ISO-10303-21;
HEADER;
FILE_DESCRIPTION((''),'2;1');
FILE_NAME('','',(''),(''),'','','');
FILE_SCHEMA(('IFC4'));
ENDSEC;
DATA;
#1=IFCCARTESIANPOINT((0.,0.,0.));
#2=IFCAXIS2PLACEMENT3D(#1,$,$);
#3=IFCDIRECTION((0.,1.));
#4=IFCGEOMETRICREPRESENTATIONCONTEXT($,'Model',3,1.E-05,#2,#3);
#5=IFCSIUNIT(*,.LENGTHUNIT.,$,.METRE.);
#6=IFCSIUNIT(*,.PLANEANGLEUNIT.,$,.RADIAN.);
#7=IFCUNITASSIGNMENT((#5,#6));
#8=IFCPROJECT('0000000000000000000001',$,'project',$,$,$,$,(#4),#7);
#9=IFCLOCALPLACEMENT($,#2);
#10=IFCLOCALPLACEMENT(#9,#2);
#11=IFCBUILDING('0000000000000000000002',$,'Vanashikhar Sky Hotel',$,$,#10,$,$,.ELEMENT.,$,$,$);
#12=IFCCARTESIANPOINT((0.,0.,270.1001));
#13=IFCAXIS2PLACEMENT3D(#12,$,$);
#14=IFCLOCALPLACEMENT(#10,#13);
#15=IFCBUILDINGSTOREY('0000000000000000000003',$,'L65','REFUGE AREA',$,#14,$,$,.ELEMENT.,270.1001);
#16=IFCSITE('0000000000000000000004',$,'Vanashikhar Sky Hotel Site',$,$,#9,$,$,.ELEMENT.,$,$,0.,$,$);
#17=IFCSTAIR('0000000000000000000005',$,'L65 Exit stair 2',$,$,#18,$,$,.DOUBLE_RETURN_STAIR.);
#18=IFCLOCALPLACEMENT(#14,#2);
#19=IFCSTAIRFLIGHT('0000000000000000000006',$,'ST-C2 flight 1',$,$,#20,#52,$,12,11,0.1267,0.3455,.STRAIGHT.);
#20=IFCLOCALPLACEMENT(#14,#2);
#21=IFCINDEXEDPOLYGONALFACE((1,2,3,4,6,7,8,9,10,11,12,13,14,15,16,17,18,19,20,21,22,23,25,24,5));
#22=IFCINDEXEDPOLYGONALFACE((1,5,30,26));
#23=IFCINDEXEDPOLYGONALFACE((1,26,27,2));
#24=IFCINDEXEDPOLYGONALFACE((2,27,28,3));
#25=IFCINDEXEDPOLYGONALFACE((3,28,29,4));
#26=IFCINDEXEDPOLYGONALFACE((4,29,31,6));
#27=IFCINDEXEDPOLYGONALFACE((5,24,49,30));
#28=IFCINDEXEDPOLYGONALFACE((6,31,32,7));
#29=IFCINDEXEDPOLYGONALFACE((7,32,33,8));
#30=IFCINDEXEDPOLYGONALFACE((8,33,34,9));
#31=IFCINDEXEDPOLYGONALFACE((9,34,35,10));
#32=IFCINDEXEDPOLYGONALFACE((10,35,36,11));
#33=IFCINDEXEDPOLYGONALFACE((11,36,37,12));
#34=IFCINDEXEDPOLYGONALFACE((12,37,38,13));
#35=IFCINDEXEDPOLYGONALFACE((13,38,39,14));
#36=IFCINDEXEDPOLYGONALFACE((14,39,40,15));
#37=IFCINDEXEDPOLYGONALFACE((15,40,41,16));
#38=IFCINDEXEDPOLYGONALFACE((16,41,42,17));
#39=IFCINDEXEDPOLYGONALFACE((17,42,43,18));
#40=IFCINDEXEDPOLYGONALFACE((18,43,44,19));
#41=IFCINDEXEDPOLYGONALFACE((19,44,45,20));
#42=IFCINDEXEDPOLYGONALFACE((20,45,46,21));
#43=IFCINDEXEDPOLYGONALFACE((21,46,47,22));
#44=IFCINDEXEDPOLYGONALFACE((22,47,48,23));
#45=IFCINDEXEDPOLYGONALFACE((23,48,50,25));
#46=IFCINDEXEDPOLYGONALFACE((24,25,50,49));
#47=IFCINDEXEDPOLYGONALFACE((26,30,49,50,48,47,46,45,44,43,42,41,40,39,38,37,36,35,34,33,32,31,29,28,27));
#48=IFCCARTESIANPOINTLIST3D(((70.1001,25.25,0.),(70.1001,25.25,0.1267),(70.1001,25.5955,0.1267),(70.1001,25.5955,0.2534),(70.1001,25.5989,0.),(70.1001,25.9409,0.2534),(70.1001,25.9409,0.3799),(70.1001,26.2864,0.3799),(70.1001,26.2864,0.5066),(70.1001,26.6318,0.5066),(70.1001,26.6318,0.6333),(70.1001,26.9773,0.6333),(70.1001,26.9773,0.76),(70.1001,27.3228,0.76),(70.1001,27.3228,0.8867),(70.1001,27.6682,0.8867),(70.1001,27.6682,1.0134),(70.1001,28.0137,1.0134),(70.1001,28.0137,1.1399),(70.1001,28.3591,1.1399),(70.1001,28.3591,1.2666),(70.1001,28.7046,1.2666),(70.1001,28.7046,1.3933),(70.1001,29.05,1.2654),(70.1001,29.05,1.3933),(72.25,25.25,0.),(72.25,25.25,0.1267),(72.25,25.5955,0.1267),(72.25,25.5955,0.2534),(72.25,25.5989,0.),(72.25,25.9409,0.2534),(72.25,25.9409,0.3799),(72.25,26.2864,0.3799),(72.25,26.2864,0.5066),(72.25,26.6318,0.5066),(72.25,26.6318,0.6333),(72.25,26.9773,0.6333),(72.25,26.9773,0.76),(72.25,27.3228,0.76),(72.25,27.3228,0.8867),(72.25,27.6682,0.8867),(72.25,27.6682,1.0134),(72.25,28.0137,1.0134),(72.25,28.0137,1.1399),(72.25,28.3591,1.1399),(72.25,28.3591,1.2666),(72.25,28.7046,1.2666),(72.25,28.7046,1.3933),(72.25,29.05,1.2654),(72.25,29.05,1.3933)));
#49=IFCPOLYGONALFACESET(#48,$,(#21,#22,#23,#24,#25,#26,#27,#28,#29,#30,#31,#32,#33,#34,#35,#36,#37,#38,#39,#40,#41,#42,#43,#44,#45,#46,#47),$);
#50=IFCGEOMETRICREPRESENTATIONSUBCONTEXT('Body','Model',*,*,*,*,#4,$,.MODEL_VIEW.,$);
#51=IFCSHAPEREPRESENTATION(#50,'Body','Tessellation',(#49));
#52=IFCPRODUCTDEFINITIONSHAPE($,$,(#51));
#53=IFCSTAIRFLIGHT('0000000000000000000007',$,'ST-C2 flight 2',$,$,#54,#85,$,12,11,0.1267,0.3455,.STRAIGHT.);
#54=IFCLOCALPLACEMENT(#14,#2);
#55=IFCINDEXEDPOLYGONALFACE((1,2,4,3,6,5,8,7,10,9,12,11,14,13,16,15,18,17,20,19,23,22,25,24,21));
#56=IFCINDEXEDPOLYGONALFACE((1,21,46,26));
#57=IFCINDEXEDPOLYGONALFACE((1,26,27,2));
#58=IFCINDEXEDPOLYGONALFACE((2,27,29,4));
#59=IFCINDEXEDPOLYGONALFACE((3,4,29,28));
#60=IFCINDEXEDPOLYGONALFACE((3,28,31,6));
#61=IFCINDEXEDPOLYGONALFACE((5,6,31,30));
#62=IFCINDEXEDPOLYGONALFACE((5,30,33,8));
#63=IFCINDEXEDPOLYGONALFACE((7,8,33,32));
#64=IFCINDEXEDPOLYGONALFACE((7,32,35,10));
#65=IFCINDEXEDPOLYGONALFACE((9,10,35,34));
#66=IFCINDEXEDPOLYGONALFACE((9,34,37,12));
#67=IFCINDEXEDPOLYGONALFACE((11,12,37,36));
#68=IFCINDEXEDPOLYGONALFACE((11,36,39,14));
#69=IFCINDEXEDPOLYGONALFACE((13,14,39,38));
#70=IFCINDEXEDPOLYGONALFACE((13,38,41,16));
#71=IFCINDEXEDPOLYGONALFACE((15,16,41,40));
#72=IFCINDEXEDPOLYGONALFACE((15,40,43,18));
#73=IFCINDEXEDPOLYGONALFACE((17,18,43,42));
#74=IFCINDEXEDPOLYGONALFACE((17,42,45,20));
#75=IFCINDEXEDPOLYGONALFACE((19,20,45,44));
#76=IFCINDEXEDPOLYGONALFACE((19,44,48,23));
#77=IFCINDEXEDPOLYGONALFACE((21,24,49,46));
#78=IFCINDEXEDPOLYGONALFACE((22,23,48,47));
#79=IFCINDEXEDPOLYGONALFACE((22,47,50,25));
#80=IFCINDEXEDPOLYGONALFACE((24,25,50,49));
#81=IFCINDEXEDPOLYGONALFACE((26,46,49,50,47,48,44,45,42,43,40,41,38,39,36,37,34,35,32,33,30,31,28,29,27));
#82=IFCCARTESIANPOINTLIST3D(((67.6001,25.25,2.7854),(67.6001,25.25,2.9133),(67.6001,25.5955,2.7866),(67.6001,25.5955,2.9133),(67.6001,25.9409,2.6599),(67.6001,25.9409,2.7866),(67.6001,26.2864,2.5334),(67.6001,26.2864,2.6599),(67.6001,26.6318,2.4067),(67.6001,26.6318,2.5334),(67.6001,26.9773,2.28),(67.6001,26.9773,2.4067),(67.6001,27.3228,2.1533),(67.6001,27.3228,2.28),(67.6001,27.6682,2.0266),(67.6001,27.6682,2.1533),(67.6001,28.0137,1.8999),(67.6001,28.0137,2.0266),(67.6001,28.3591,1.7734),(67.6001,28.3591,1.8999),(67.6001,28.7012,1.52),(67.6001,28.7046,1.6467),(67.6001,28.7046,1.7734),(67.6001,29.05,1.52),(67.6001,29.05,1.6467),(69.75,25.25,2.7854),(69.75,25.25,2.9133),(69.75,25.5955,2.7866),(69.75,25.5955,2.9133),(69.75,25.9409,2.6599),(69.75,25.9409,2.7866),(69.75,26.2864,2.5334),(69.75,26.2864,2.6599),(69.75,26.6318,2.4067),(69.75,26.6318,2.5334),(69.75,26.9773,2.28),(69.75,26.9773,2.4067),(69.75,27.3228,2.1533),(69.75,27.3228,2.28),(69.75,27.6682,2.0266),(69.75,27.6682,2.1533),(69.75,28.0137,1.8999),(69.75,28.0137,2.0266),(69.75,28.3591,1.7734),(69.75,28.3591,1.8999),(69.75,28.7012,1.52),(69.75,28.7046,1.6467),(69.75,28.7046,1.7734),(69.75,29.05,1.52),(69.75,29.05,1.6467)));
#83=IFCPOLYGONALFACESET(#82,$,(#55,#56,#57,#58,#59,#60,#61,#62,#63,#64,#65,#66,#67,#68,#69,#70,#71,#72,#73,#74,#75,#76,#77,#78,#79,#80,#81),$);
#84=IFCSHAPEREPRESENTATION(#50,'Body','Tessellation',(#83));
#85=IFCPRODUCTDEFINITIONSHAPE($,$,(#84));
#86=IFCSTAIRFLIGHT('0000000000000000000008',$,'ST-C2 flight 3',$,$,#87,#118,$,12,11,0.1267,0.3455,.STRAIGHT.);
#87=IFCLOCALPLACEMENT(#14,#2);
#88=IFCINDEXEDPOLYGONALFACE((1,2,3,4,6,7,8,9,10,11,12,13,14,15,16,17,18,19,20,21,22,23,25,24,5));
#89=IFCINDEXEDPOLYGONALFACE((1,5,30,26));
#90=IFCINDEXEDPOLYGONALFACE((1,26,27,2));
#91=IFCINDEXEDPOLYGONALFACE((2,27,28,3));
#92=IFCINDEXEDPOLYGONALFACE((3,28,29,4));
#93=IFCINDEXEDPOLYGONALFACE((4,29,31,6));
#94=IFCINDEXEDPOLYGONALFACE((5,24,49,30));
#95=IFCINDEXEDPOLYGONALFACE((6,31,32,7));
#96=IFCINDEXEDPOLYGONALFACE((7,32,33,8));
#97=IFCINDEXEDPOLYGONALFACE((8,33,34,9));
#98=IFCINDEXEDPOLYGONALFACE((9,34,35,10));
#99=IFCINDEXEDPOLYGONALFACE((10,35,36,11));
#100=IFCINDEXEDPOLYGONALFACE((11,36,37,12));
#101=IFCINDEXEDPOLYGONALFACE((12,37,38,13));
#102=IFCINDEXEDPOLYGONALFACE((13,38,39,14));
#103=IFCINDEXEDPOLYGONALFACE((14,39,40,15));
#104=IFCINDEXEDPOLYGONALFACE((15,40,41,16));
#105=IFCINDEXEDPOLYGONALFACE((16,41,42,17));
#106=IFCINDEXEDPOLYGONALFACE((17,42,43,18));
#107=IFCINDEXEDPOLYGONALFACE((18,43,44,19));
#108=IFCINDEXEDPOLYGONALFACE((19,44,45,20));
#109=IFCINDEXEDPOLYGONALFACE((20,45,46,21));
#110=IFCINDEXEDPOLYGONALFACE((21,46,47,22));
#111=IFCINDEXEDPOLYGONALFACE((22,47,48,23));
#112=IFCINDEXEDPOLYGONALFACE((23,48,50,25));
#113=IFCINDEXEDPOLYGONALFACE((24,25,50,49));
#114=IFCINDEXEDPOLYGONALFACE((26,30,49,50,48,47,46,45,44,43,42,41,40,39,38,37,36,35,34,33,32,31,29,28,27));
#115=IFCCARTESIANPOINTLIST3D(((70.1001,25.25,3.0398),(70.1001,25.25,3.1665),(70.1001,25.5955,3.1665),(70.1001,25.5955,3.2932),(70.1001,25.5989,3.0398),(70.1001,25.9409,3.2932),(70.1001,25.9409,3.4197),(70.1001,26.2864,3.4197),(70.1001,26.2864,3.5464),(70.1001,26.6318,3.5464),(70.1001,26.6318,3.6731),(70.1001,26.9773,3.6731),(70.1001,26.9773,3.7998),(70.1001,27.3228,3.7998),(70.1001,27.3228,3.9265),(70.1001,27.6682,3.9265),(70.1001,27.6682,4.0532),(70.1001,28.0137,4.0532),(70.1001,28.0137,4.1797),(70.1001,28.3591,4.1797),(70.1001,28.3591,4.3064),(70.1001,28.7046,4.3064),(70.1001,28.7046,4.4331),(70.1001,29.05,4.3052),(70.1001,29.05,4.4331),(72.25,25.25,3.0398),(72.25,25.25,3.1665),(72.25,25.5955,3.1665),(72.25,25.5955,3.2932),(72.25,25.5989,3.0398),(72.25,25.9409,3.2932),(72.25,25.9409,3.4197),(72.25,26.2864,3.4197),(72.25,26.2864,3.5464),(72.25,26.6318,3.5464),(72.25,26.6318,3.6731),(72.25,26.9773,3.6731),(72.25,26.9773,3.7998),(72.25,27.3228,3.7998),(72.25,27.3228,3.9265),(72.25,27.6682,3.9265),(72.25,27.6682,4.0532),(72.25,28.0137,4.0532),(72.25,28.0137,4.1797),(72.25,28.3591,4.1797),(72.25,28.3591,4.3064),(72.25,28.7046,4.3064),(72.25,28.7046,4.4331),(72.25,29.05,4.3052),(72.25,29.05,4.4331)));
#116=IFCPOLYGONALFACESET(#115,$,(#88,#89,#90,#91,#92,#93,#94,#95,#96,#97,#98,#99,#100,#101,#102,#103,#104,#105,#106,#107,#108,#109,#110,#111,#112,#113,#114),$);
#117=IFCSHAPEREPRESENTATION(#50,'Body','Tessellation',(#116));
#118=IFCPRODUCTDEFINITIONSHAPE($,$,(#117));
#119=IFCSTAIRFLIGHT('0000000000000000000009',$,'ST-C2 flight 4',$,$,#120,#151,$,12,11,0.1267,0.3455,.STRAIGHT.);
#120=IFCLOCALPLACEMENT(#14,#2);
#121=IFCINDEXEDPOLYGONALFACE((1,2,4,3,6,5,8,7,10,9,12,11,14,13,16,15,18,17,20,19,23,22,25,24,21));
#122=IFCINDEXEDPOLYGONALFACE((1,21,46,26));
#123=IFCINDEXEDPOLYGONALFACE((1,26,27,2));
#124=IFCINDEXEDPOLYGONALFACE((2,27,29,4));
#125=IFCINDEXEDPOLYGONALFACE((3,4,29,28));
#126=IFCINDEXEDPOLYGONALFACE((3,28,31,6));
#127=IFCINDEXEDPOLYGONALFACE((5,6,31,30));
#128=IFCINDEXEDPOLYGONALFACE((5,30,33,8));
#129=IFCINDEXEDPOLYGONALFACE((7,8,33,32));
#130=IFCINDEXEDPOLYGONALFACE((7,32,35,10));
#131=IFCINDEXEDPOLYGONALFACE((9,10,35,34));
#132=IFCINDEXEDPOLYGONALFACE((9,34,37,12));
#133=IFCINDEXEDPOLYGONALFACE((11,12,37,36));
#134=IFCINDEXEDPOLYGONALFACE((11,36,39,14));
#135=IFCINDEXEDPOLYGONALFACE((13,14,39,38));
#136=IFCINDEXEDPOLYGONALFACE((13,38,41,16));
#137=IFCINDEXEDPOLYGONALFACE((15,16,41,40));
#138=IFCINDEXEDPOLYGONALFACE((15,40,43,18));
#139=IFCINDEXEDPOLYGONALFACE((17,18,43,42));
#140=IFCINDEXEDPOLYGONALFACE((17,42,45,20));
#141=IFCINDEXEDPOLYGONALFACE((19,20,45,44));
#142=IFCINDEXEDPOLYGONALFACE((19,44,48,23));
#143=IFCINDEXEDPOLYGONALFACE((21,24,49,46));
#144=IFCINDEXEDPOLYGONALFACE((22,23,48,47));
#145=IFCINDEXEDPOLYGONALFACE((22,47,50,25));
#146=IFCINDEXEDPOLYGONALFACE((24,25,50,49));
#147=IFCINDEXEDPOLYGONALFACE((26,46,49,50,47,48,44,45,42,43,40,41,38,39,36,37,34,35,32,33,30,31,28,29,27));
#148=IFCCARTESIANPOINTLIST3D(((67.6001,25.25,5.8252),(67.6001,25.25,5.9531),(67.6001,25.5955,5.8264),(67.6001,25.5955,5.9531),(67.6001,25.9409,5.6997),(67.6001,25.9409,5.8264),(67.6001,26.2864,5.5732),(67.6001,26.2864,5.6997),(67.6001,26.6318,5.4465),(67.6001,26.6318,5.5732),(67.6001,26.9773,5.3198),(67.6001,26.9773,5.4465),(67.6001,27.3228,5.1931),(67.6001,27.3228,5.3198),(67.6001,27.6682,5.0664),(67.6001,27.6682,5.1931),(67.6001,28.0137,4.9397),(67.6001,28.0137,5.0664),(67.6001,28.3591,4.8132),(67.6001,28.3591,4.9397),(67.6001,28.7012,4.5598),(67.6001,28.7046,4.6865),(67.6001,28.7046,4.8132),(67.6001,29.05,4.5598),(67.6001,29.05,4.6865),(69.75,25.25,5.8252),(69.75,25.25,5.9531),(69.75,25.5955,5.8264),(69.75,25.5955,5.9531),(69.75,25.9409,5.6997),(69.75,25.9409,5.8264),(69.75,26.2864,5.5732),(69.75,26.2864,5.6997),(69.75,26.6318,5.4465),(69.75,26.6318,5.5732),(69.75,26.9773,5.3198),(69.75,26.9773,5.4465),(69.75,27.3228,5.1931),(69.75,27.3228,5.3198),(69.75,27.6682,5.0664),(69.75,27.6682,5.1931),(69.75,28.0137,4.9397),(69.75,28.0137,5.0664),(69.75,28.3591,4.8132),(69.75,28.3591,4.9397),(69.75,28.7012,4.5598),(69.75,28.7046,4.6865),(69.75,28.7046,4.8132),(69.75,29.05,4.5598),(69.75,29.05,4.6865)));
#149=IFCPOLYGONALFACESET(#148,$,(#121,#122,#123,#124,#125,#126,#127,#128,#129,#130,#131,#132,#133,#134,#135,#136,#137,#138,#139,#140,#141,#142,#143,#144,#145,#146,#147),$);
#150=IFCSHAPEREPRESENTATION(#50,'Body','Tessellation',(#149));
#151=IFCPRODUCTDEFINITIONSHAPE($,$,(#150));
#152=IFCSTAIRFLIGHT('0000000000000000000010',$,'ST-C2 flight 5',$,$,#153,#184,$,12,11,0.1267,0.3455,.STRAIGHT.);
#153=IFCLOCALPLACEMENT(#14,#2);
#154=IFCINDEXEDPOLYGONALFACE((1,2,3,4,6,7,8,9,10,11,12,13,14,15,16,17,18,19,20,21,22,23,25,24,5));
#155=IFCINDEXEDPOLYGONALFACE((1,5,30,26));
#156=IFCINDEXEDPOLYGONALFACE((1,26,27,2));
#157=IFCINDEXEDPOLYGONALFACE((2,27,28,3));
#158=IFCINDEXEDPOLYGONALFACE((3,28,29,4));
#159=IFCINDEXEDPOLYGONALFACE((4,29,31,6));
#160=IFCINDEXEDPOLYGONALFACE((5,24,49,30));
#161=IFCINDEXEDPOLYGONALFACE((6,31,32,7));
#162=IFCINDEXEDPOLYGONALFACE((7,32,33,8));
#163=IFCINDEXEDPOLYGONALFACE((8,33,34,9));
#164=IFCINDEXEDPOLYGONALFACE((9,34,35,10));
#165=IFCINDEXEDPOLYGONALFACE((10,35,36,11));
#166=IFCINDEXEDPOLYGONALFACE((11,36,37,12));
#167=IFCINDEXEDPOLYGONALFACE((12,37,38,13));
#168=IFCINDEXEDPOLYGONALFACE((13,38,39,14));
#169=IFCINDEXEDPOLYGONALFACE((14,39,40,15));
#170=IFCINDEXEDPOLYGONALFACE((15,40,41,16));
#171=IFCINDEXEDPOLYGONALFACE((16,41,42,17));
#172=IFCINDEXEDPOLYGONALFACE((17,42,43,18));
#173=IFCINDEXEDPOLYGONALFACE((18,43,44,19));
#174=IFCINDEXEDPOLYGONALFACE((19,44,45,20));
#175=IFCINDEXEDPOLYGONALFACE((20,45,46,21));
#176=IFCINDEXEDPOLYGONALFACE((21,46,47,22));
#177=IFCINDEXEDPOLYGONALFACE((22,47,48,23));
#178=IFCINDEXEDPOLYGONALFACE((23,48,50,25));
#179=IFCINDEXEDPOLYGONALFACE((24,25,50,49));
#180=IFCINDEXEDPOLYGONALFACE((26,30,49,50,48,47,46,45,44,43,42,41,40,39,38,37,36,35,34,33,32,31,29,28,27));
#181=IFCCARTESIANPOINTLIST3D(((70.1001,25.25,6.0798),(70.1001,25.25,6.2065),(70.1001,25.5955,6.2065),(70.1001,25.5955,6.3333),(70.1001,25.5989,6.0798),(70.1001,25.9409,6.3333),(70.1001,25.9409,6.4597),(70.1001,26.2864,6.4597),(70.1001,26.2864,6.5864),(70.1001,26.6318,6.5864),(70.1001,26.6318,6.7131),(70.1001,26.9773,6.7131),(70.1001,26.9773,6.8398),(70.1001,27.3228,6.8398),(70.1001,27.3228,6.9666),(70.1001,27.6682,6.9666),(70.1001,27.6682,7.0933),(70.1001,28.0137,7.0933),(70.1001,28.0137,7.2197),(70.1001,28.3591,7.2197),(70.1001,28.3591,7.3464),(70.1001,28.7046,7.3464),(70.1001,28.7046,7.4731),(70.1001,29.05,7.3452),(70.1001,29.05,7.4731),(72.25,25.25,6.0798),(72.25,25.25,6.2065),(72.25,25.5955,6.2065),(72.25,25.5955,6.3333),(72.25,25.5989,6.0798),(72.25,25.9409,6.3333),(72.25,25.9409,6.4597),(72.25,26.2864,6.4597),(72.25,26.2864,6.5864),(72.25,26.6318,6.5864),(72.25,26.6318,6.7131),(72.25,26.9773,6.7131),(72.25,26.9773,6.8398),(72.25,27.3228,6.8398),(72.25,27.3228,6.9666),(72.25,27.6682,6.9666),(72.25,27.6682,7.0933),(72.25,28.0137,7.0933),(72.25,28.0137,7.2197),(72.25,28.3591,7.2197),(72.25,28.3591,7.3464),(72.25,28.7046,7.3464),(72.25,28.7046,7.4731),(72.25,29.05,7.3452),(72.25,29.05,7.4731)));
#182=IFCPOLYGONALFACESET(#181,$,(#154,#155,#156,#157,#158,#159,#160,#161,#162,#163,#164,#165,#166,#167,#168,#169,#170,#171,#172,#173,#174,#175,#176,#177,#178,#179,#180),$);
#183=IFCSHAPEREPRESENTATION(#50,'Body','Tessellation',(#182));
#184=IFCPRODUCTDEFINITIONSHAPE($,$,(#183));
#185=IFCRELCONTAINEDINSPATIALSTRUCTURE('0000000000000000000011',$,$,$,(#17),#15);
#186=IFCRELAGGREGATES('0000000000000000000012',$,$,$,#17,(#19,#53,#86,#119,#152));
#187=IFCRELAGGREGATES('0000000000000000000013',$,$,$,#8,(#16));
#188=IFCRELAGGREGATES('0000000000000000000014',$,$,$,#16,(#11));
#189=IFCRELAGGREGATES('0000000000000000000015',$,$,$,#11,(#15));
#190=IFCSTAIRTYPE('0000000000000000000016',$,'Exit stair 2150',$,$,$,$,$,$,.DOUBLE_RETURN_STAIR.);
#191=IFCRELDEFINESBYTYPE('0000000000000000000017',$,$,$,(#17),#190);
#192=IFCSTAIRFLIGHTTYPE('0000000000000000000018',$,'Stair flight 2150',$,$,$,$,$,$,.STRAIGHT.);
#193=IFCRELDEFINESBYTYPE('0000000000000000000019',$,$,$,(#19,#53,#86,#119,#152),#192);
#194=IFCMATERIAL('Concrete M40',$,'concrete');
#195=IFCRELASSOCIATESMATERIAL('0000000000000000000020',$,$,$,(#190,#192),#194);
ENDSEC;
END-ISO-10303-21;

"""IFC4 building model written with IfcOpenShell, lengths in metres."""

from ifc_helpers import new_model, si_unit, direction, frame, origin, place, context, subcontext, project, spatial, polyline, outline, extrude, source, transform, mapped, material, type_object, element, aggregate, save


model = new_model("IFC4")

# Units and contexts
model_context = context("Model", 3, precision=1e-05, world=origin(), true_north=direction((0.0, 1.0)))
body_context = subcontext(model_context, "Body", "Model", "MODEL_VIEW")
ifc_project = project(units=[si_unit("LENGTHUNIT", "METRE"), si_unit("PLANEANGLEUNIT", "RADIAN")], contexts=[model_context])

# Site, building, storey
site_placement = place(None, origin())
site = spatial("IfcSite", under=ifc_project, at=site_placement, Name="Vanashikhar Sky Hotel Site", CompositionType="ELEMENT", RefElevation=0.0)
building_placement = place(site_placement, origin())
building = spatial("IfcBuilding", under=site, at=building_placement, Name="Vanashikhar Sky Hotel", CompositionType="ELEMENT")
storey_placement = place(building_placement, frame((0.0, 0.0, 270.1001)))
storey = spatial("IfcBuildingStorey", under=building, at=storey_placement, Name="L65", Description="REFUGE AREA", CompositionType="ELEMENT", Elevation=270.1001)

# Stair, stair flights
ifc_material_1 = material(Name="Concrete M40", Category="concrete")
stair_type = type_object("IfcStairType", Name="Exit stair 2150", PredefinedType="DOUBLE_RETURN_STAIR", material=ifc_material_1)
stair_1_placement = place(storey_placement, origin())
stair_1 = element("IfcStair", 1, at=stair_1_placement, inside=storey, type_object=stair_type, Name="L65 Exit stair 2", PredefinedType="DOUBLE_RETURN_STAIR")
stair_flight_type = type_object("IfcStairFlightType", Name="Stair flight 2150", PredefinedType="STRAIGHT", material=ifc_material_1)
shared_shape_1 = source(origin(), body_context, "Body", "SweptSolid", [
    extrude(outline(polyline([(0.0, 0.0), (0.0, 0.1267), (0.3455, 0.1267), (0.3455, 0.2534), (0.6909, 0.2534), (0.6909, 0.3799), (1.0364, 0.3799), (1.0364, 0.5066), (1.3818, 0.5066), (1.3818, 0.6333), (1.7273, 0.6333), (1.7273, 0.76), (2.0728, 0.76), (2.0728, 0.8867), (2.4182, 0.8867), (2.4182, 1.0134), (2.7637, 1.0134), (2.7637, 1.1399), (3.1091, 1.1399), (3.1091, 1.2666), (3.4546, 1.2666), (3.4546, 1.3933), (3.8, 1.3933), (3.8, 1.52), (3.8, 1.2654), (0.3489, 0.0), (0.0, 0.0)])), frame((0.0, 1.075, 0.0), z_axis=(0.0, -1.0, 0.0), x_axis=(1.0, 0.0, 0.0)), (0.0, 0.0, 1.0), 2.1499),
])
stair_flight_1_placement = place(storey_placement, frame((71.175, 25.25, 0.0), z_axis=(0.0, 0.0, 1.0), x_axis=(0.0, 1.0, 0.0)))
stair_flight_1 = element("IfcStairFlight", 2, at=stair_flight_1_placement, type_object=stair_flight_type, Name="ST-C2 flight 1", NumberOfRisers=12, NumberOfTreads=11, PredefinedType="STRAIGHT", RiserHeight=0.1267, TreadLength=0.3455, context=body_context, shape_type="MappedRepresentation", body=[
    mapped(shared_shape_1, transform((0.0, 0.0, 0.0), scale=1.0)),
])
stair_flight_2_placement = place(storey_placement, frame((68.675, 29.05, 1.52), z_axis=(0.0, 0.0, 1.0), x_axis=(0.0, -1.0, 0.0)))
stair_flight_2 = element("IfcStairFlight", 3, at=stair_flight_2_placement, type_object=stair_flight_type, Name="ST-C2 flight 2", NumberOfRisers=12, NumberOfTreads=11, PredefinedType="STRAIGHT", RiserHeight=0.1267, TreadLength=0.3455, context=body_context, shape_type="MappedRepresentation", body=[
    mapped(shared_shape_1, transform((0.0, 0.0, 0.0), scale=1.0)),
])
stair_flight_3_placement = place(storey_placement, frame((71.175, 25.25, 3.0398), z_axis=(0.0, 0.0, 1.0), x_axis=(0.0, 1.0, 0.0)))
stair_flight_3 = element("IfcStairFlight", 4, at=stair_flight_3_placement, type_object=stair_flight_type, Name="ST-C2 flight 3", NumberOfRisers=12, NumberOfTreads=11, PredefinedType="STRAIGHT", RiserHeight=0.1267, TreadLength=0.3455, context=body_context, shape_type="MappedRepresentation", body=[
    mapped(shared_shape_1, transform((0.0, 0.0, 0.0), scale=1.0)),
])
stair_flight_4_placement = place(storey_placement, frame((68.675, 29.05, 4.5598), z_axis=(0.0, 0.0, 1.0), x_axis=(0.0, -1.0, 0.0)))
stair_flight_4 = element("IfcStairFlight", 5, at=stair_flight_4_placement, type_object=stair_flight_type, Name="ST-C2 flight 4", NumberOfRisers=12, NumberOfTreads=11, PredefinedType="STRAIGHT", RiserHeight=0.1267, TreadLength=0.3455, context=body_context, shape_type="MappedRepresentation", body=[
    mapped(shared_shape_1, transform((0.0, 0.0, 0.0), scale=1.0)),
])
stair_flight_5_placement = place(storey_placement, frame((71.175, 25.25, 6.0798), z_axis=(0.0, 0.0, 1.0), x_axis=(0.0, 1.0, 0.0)))
stair_flight_5 = element("IfcStairFlight", 6, at=stair_flight_5_placement, type_object=stair_flight_type, Name="ST-C2 flight 5", NumberOfRisers=12, NumberOfTreads=11, PredefinedType="STRAIGHT", RiserHeight=0.1267, TreadLength=0.3455, context=body_context, shape_type="MappedRepresentation", body=[
    mapped(shared_shape_1, transform((0.0, 0.0, 0.0), scale=1.0)),
])
aggregate(stair_1, [stair_flight_1, stair_flight_2, stair_flight_3, stair_flight_4, stair_flight_5])

save(model, "model.ifc")
